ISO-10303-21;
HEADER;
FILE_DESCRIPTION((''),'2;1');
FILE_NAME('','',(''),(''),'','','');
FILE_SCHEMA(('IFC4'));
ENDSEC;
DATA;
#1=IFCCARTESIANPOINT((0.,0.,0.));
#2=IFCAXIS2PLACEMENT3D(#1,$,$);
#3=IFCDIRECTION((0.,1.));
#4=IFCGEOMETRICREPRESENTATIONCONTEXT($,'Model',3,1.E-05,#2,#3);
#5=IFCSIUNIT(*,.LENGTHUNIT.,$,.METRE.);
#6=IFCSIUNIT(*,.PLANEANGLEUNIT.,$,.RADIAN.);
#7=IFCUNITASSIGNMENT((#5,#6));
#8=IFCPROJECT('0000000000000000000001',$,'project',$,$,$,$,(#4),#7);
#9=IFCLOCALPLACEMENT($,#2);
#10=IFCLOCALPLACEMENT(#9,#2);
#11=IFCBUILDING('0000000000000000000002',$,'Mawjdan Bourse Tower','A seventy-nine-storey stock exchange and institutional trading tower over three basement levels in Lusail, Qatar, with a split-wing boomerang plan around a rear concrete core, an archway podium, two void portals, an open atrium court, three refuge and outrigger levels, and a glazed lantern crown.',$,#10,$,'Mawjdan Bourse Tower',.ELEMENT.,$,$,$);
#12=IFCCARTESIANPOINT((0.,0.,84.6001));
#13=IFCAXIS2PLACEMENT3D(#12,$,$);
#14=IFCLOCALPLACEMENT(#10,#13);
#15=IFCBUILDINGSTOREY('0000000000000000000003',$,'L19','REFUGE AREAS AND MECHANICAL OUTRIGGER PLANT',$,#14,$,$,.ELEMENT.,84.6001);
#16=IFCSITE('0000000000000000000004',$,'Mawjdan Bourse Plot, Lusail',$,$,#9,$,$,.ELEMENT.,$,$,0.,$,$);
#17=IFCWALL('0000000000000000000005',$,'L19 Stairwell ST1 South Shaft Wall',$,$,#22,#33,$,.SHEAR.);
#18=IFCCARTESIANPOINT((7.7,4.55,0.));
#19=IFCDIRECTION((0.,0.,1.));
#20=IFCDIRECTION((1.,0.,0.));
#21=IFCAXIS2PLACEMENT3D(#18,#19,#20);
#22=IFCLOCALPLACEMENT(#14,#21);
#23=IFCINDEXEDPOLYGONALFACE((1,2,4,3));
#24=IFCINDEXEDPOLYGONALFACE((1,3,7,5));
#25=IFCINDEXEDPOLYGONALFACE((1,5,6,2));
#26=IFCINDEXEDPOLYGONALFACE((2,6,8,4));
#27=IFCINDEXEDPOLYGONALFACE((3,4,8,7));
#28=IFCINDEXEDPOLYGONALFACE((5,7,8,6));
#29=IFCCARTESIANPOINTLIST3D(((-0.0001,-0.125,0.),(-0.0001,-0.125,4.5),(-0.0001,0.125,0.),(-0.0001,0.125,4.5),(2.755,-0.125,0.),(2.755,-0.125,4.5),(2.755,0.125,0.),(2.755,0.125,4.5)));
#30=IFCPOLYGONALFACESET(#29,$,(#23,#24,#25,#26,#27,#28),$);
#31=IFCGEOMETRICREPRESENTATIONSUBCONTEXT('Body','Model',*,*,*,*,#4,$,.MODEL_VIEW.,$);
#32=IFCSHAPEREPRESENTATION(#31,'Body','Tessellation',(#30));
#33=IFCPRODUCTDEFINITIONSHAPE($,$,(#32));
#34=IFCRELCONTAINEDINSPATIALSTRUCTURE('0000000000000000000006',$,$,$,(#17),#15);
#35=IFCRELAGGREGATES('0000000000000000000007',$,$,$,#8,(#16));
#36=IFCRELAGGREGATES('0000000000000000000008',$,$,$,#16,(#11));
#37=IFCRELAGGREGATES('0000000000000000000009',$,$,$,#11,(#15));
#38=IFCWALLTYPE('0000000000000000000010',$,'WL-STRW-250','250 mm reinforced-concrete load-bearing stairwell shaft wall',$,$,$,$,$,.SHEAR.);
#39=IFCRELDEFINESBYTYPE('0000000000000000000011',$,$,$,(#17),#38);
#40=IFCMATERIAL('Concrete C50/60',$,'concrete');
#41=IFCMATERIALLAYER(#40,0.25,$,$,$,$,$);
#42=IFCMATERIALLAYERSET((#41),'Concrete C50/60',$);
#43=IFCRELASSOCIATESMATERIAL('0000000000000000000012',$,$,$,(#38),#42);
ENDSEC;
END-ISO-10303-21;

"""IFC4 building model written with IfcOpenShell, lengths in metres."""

from ifc_helpers import new_model, si_unit, direction, frame, frame_2d, origin, place, context, subcontext, project, spatial, rectangle, extrude, material, layer, layer_set, type_object, element, save


model = new_model("IFC4")

# Units and contexts
model_context = context("Model", 3, precision=1e-05, world=origin(), true_north=direction((0.0, 1.0)))
body_context = subcontext(model_context, "Body", "Model", "MODEL_VIEW")
ifc_project = project(units=[si_unit("LENGTHUNIT", "METRE"), si_unit("PLANEANGLEUNIT", "RADIAN")], contexts=[model_context])

# Site, building, storey
site_placement = place(None, origin())
site = spatial("IfcSite", under=ifc_project, at=site_placement, Name="Mawjdan Bourse Plot, Lusail", CompositionType="ELEMENT", RefElevation=0.0)
building_placement = place(site_placement, origin())
building = spatial("IfcBuilding", under=site, at=building_placement, Name="Mawjdan Bourse Tower", Description="A seventy-nine-storey stock exchange and institutional trading tower over three basement levels in Lusail, Qatar, with a split-wing boomerang plan around a rear concrete core, an archway podium, two void portals, an open atrium court, three refuge and outrigger levels, and a glazed lantern crown.", LongName="Mawjdan Bourse Tower", CompositionType="ELEMENT")
storey_placement = place(building_placement, frame((0.0, 0.0, 84.6001)))
storey = spatial("IfcBuildingStorey", under=building, at=storey_placement, Name="L19", Description="REFUGE AREAS AND MECHANICAL OUTRIGGER PLANT", CompositionType="ELEMENT", Elevation=84.6001)

# Shared definitions
ifc_material_1 = material(Name="Concrete C50/60", Category="concrete")

# Wall
ifc_layer_1 = layer(ifc_material_1, 0.25)
ifc_layer_set_1 = layer_set([ifc_layer_1], Name="Concrete C50/60")
wall_type_1 = type_object("IfcWallType", Name="WL-STRW-250", Description="250 mm reinforced-concrete load-bearing stairwell shaft wall", PredefinedType="SHEAR", material=ifc_layer_set_1)
wall_1_placement = place(storey_placement, frame((7.7, 4.55, 0.0), z_axis=(0.0, 0.0, 1.0), x_axis=(1.0, 0.0, 0.0)))
element("IfcWall", 1, at=wall_1_placement, inside=storey, type_object=wall_type_1, Name="L19 Stairwell ST1 South Shaft Wall", PredefinedType="SHEAR", context=body_context, shape_type="SweptSolid", body=[
    extrude(rectangle(XDim=2.7551, YDim=0.25, at=frame_2d((1.3774, 0.0))), origin(), (0.0, 0.0, 1.0), 4.5),
])

save(model, "model.ifc")
